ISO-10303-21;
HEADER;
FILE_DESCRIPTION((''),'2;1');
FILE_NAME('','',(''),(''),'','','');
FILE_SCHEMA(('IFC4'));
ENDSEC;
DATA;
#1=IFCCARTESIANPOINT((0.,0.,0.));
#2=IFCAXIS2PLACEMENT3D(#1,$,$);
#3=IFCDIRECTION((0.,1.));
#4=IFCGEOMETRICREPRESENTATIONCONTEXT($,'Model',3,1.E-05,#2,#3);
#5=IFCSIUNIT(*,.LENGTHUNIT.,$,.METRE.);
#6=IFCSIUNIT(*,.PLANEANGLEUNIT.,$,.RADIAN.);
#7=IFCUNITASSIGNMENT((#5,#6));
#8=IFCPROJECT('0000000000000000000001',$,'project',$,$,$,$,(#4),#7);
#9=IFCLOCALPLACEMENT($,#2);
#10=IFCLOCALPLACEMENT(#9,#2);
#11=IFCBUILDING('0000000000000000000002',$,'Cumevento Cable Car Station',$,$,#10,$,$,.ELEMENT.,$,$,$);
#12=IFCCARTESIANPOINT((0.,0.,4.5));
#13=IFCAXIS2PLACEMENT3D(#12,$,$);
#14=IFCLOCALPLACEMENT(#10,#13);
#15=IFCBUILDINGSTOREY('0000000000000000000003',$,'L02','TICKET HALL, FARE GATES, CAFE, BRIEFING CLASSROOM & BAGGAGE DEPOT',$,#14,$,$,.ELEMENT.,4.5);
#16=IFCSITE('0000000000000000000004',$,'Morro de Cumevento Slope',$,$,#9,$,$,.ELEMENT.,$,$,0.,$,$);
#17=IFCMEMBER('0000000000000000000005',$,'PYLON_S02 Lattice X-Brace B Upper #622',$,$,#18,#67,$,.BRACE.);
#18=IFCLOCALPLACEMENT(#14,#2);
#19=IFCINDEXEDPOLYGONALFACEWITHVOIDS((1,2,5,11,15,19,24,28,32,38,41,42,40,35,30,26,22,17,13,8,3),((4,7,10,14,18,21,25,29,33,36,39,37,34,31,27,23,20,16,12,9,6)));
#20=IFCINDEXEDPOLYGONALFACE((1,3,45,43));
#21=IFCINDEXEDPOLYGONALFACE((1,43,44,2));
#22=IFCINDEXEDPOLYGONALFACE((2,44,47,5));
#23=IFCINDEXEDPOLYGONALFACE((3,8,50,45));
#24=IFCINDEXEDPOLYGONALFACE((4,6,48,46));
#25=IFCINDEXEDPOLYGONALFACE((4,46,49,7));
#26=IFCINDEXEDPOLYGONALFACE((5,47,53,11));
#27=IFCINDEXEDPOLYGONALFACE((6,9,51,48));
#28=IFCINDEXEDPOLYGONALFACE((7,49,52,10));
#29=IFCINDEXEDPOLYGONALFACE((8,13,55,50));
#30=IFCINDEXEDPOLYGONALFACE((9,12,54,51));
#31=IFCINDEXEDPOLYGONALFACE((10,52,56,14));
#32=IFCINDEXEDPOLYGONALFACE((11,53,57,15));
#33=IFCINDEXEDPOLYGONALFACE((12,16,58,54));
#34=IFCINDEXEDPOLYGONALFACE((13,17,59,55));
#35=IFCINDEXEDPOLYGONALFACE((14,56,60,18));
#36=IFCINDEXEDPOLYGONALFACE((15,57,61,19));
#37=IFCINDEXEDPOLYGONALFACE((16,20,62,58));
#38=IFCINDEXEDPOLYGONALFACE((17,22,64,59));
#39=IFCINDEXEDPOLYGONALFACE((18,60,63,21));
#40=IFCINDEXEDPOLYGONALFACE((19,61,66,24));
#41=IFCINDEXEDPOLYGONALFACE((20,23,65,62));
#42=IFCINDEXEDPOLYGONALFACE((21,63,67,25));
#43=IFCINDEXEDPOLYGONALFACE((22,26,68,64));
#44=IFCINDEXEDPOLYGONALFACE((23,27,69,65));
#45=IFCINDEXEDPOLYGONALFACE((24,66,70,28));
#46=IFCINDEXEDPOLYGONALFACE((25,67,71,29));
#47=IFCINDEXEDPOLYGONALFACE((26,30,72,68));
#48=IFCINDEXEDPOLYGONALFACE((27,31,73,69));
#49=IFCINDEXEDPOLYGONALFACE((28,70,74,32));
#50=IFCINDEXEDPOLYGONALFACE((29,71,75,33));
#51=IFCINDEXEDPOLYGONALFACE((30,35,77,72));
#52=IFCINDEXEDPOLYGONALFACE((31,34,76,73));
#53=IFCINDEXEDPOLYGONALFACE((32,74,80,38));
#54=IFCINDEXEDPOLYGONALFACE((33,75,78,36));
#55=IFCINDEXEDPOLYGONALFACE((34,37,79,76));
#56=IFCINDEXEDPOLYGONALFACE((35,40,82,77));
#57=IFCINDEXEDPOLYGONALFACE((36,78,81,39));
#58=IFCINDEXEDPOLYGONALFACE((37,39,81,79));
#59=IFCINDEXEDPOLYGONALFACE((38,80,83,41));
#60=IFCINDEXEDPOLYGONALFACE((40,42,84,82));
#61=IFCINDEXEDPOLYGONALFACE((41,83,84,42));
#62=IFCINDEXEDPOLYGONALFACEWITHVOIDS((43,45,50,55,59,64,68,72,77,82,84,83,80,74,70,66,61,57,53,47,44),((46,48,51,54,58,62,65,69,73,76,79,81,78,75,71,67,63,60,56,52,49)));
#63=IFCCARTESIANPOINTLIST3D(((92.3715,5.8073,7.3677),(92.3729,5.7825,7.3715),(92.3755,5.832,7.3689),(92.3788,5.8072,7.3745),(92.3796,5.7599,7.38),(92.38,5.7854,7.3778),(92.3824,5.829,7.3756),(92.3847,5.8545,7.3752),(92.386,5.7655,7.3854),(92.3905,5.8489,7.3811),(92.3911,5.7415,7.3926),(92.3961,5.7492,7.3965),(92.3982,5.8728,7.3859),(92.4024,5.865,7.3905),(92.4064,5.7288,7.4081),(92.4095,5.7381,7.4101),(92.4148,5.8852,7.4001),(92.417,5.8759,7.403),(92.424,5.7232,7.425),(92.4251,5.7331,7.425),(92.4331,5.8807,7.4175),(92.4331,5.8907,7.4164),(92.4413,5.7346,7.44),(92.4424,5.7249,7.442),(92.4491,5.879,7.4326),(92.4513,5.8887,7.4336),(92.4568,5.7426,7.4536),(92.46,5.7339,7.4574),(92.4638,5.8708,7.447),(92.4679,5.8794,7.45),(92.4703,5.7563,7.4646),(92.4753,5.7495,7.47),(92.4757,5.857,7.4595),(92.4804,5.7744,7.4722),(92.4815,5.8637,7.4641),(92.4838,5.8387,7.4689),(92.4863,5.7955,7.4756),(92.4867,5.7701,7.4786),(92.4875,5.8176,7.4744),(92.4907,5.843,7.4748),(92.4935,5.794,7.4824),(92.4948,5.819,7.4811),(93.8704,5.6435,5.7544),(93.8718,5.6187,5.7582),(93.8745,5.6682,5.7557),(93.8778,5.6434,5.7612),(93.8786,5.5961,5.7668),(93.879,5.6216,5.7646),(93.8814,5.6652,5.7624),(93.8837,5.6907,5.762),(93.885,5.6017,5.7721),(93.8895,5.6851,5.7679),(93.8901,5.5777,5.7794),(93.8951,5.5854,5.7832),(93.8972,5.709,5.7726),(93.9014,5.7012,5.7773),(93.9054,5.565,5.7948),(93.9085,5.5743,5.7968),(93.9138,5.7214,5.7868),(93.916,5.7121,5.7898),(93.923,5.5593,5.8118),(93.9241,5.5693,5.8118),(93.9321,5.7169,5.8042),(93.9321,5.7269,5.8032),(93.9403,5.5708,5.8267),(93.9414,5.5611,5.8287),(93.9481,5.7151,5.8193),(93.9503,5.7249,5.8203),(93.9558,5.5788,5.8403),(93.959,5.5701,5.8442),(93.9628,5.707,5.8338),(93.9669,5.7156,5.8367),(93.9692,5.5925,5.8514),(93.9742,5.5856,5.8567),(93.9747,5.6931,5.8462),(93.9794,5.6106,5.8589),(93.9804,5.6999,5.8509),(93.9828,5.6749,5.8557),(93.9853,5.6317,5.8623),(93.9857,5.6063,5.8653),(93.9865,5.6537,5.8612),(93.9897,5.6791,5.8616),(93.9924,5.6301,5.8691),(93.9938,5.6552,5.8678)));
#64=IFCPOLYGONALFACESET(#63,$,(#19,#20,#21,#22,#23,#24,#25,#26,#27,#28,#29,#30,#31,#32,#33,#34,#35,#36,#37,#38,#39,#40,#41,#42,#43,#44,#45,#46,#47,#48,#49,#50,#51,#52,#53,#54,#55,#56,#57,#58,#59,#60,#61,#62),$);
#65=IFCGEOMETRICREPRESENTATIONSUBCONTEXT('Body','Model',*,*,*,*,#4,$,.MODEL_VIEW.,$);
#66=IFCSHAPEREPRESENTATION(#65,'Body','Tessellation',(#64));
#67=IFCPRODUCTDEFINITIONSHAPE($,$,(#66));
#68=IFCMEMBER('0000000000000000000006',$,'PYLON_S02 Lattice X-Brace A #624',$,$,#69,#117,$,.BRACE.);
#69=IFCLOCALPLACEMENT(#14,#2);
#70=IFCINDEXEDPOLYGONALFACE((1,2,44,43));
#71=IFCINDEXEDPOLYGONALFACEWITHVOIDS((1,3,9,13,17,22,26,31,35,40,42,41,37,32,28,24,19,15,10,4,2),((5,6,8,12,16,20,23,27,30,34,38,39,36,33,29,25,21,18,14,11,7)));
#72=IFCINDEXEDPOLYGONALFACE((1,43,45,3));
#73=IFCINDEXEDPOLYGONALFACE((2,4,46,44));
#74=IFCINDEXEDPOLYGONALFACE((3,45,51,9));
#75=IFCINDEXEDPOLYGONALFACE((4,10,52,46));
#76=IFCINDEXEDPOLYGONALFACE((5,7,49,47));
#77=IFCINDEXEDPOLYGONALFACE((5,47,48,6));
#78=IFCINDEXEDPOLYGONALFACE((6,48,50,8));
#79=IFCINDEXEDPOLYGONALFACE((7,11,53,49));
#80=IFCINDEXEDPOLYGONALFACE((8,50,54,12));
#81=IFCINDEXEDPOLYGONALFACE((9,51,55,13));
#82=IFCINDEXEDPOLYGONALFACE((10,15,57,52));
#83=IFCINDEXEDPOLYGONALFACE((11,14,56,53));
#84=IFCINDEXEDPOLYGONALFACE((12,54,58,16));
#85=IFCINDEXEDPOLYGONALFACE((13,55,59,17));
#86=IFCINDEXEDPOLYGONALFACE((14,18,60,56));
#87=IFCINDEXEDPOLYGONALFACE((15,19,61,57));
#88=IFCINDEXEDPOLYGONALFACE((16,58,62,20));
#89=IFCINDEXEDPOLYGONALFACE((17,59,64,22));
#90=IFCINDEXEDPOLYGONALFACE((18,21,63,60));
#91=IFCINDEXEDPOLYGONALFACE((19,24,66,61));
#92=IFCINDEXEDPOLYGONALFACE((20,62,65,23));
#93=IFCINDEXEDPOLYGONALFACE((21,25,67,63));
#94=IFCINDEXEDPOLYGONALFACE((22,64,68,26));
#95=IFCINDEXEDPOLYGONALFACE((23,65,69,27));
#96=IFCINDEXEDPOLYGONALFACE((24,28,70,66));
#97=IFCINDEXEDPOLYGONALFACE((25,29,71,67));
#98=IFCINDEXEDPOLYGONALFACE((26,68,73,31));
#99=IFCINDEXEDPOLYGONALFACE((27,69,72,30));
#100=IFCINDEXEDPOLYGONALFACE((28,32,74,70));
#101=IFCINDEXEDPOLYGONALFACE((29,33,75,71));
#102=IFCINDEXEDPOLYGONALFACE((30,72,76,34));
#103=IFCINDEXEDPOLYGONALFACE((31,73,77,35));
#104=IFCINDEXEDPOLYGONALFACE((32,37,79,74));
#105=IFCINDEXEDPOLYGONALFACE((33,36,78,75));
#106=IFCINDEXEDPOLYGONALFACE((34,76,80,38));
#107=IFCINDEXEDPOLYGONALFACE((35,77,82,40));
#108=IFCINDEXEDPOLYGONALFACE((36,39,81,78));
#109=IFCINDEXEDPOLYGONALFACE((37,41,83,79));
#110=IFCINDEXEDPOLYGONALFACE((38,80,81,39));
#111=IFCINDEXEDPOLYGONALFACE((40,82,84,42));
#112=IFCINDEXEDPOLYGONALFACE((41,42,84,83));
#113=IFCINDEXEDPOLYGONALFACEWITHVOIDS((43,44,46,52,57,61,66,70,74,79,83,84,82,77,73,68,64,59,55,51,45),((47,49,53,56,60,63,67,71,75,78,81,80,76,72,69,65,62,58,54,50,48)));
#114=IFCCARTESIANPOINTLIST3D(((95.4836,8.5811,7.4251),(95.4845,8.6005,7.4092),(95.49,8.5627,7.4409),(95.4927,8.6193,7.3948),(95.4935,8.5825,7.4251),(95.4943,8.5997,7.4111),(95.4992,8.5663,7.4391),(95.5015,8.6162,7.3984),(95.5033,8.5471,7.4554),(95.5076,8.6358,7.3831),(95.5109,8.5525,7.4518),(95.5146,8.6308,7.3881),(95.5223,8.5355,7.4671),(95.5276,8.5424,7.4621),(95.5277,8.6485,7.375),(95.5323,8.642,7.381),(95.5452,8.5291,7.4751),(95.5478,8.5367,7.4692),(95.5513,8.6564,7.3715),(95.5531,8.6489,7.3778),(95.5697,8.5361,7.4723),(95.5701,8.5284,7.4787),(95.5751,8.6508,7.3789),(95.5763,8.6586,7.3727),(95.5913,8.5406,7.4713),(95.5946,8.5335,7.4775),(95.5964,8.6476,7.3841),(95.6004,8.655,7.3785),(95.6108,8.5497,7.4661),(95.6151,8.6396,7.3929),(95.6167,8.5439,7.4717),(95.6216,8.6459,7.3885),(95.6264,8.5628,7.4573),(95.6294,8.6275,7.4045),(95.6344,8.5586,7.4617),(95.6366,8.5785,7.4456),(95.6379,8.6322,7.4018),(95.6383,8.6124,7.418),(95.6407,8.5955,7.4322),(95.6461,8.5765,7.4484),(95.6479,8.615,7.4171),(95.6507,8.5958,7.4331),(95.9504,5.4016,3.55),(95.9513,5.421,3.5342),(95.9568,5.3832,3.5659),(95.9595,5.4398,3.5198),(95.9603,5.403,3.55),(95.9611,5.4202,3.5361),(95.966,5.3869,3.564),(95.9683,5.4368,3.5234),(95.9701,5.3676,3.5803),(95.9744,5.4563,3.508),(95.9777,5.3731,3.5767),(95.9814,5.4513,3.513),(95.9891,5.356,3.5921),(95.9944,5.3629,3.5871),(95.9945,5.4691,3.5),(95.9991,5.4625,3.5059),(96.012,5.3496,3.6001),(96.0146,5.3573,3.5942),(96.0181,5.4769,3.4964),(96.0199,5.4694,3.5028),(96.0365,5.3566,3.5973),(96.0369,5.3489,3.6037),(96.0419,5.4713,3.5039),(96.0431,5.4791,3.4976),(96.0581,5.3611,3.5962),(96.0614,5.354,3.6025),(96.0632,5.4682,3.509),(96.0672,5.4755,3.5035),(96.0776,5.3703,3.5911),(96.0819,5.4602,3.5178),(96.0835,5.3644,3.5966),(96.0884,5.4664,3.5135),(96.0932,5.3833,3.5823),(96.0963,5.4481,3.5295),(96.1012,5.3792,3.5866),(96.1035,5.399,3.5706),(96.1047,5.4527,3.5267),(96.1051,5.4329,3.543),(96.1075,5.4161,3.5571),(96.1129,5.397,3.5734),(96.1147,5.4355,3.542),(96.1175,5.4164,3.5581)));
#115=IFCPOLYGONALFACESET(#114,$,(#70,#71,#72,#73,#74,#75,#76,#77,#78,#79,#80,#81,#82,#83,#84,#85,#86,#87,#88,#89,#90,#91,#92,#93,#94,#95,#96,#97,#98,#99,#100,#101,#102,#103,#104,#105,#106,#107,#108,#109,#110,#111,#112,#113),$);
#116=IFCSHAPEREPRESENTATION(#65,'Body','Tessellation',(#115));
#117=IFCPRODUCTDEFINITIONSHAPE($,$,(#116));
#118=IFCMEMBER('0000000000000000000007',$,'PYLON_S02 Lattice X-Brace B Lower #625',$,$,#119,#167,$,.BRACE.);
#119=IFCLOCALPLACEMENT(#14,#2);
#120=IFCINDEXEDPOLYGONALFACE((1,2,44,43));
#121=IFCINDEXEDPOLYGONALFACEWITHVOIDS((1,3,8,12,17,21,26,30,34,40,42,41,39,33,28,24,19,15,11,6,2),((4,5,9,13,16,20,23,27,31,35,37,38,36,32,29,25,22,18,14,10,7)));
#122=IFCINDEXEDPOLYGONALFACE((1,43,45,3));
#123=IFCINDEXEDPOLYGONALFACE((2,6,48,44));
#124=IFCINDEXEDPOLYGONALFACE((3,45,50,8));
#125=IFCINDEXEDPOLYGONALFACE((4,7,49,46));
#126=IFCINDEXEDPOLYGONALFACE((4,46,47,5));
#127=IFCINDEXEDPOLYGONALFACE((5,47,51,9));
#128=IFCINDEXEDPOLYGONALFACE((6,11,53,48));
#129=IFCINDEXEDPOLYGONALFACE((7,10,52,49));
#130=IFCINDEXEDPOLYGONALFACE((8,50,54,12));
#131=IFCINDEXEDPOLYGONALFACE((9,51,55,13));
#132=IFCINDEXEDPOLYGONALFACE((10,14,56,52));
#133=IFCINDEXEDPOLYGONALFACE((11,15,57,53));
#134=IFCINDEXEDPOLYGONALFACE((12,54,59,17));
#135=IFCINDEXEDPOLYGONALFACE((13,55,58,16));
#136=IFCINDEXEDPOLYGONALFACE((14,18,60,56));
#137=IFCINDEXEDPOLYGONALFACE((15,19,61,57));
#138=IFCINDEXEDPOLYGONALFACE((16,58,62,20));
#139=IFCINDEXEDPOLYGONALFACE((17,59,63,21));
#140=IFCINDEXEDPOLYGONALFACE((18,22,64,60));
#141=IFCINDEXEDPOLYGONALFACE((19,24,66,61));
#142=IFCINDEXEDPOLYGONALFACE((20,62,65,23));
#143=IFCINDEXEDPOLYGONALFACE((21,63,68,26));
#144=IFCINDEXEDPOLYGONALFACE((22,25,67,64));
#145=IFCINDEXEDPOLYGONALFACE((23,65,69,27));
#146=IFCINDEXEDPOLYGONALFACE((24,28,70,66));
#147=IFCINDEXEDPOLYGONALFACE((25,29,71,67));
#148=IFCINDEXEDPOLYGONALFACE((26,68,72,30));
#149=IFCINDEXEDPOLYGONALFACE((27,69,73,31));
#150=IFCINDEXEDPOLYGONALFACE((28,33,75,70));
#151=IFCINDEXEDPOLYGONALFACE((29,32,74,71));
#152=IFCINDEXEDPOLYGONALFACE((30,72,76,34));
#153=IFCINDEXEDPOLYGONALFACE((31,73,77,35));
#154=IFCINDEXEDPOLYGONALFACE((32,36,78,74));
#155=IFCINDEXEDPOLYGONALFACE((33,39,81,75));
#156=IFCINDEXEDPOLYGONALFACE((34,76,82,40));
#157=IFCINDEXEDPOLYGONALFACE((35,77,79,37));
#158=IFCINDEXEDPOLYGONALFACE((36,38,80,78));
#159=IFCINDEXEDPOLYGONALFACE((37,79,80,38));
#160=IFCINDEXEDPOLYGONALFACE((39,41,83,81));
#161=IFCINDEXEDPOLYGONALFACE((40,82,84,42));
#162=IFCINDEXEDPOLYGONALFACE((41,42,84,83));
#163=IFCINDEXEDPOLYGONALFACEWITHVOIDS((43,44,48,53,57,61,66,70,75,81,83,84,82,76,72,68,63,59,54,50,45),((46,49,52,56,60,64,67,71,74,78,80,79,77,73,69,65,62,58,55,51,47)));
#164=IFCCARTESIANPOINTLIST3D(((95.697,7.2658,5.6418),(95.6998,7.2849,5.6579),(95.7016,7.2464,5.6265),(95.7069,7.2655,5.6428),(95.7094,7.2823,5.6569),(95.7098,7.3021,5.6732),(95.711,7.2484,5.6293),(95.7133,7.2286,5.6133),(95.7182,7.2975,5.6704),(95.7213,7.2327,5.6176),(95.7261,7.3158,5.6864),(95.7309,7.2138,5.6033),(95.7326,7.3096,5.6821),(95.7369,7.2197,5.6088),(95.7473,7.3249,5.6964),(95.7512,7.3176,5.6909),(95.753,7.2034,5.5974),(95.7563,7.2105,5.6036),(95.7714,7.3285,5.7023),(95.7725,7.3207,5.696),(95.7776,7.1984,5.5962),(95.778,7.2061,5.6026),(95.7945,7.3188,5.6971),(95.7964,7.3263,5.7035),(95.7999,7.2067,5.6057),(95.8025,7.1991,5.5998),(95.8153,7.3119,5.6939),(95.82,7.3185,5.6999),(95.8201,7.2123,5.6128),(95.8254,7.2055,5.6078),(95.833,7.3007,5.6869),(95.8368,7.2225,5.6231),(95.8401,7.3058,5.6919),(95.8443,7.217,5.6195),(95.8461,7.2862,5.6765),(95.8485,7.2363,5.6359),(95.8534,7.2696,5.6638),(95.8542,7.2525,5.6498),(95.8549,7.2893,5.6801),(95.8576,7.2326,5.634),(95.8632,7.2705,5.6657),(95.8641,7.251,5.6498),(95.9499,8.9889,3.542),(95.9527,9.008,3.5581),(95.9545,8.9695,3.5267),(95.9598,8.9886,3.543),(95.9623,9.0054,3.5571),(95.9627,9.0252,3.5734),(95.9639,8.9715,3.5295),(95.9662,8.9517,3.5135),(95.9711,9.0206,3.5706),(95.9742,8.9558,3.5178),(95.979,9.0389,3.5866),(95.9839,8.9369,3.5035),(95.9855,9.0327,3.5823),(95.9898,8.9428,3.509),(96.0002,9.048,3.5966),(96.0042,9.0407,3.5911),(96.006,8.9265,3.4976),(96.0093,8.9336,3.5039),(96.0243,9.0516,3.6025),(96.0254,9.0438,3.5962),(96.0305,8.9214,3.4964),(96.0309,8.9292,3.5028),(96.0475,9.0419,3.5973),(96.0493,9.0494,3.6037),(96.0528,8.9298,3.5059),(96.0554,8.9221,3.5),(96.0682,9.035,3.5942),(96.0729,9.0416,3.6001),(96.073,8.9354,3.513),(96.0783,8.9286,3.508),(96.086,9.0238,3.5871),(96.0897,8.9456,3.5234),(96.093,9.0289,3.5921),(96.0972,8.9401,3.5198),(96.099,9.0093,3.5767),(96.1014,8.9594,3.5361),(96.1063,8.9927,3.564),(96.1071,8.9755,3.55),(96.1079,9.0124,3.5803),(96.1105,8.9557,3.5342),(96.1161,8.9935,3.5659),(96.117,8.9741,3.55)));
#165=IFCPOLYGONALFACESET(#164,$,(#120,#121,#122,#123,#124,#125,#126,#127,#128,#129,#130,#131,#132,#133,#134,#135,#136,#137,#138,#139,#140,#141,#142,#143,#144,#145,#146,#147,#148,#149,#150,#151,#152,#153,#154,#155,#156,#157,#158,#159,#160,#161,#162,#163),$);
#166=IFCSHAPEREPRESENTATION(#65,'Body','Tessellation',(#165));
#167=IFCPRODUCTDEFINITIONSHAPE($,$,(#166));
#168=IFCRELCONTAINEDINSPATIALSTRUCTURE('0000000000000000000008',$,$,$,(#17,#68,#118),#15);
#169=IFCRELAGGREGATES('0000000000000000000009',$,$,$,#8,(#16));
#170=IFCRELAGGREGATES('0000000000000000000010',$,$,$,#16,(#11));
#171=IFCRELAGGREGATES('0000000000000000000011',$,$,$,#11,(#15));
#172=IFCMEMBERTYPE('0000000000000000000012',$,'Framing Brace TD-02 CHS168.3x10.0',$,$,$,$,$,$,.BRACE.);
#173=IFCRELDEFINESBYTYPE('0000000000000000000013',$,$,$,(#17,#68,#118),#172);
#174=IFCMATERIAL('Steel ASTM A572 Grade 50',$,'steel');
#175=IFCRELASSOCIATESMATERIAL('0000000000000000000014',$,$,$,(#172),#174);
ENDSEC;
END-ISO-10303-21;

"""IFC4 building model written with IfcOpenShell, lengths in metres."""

from ifc_helpers import new_model, si_unit, direction, frame, origin, origin_2d, place, context, subcontext, project, spatial, hollow_circle, extrude, material, material_profile, profile_set, type_object, element, save


model = new_model("IFC4")

# Units and contexts
model_context = context("Model", 3, precision=1e-05, world=origin(), true_north=direction((0.0, 1.0)))
body_context = subcontext(model_context, "Body", "Model", "MODEL_VIEW")
ifc_project = project(units=[si_unit("LENGTHUNIT", "METRE"), si_unit("PLANEANGLEUNIT", "RADIAN")], contexts=[model_context])

# Site, building, storey
site_placement = place(None, origin())
site = spatial("IfcSite", under=ifc_project, at=site_placement, Name="Morro de Cumevento Slope", CompositionType="ELEMENT", RefElevation=0.0)
building_placement = place(site_placement, origin())
building = spatial("IfcBuilding", under=site, at=building_placement, Name="Cumevento Cable Car Station", CompositionType="ELEMENT")
storey_placement = place(building_placement, frame((0.0, 0.0, 4.5)))
storey = spatial("IfcBuildingStorey", under=building, at=storey_placement, Name="L02", Description="TICKET HALL, FARE GATES, CAFE, BRIEFING CLASSROOM & BAGGAGE DEPOT", CompositionType="ELEMENT", Elevation=4.5)

# Members
ifc_material_1 = material(Name="Steel ASTM A572 Grade 50", Category="steel")
ifc_material_profile_1 = material_profile(ifc_material_1, hollow_circle(Radius=0.0842, WallThickness=0.01, at=origin_2d()), Name="CHS168.3x10.0")
ifc_profile_set_1 = profile_set([ifc_material_profile_1], Name="Steel ASTM A572 Grade 50")
member_type_1 = type_object("IfcMemberType", Name="Framing Brace TD-02 CHS168.3x10.0", PredefinedType="BRACE", material=ifc_profile_set_1)
member_1_placement = place(storey_placement, frame((93.9321, 5.6431, 5.8118), z_axis=(-0.678814, 0.074183, 0.730554), x_axis=(-0.108637, -0.994082, 0.0)))
element("IfcMember", 1, at=member_1_placement, inside=storey, type_object=member_type_1, Name="PYLON_S02 Lattice X-Brace B Upper #622", PredefinedType="BRACE", context=body_context, shape_type="SweptSolid", body=[
    extrude(hollow_circle(Radius=0.0842, WallThickness=0.01, at=origin_2d()), origin(), (0.0, 0.0, 1.0), 2.2083),
])
member_2_placement = place(storey_placement, frame((96.0337, 5.4138, 3.55), z_axis=(-0.092727, 0.631579, 0.769747), x_axis=(-0.989394, -0.14526, 0.0)))
element("IfcMember", 2, at=member_2_placement, inside=storey, type_object=member_type_1, Name="PYLON_S02 Lattice X-Brace A #624", PredefinedType="BRACE", context=body_context, shape_type="SweptSolid", body=[
    extrude(hollow_circle(Radius=0.0842, WallThickness=0.01, at=origin_2d()), origin(), (0.0, 0.0, 1.0), 5.0342),
])
member_3_placement = place(storey_placement, frame((96.0337, 8.9863, 3.55), z_axis=(-0.092712, -0.631626, 0.76971), x_axis=(0.989398, -0.145228, 0.0)))
element("IfcMember", 3, at=member_3_placement, inside=storey, type_object=member_type_1, Name="PYLON_S02 Lattice X-Brace B Lower #625", PredefinedType="BRACE", context=body_context, shape_type="SweptSolid", body=[
    extrude(hollow_circle(Radius=0.0842, WallThickness=0.01, at=origin_2d()), origin(), (0.0, 0.0, 1.0), 2.728),
])

save(model, "model.ifc")
